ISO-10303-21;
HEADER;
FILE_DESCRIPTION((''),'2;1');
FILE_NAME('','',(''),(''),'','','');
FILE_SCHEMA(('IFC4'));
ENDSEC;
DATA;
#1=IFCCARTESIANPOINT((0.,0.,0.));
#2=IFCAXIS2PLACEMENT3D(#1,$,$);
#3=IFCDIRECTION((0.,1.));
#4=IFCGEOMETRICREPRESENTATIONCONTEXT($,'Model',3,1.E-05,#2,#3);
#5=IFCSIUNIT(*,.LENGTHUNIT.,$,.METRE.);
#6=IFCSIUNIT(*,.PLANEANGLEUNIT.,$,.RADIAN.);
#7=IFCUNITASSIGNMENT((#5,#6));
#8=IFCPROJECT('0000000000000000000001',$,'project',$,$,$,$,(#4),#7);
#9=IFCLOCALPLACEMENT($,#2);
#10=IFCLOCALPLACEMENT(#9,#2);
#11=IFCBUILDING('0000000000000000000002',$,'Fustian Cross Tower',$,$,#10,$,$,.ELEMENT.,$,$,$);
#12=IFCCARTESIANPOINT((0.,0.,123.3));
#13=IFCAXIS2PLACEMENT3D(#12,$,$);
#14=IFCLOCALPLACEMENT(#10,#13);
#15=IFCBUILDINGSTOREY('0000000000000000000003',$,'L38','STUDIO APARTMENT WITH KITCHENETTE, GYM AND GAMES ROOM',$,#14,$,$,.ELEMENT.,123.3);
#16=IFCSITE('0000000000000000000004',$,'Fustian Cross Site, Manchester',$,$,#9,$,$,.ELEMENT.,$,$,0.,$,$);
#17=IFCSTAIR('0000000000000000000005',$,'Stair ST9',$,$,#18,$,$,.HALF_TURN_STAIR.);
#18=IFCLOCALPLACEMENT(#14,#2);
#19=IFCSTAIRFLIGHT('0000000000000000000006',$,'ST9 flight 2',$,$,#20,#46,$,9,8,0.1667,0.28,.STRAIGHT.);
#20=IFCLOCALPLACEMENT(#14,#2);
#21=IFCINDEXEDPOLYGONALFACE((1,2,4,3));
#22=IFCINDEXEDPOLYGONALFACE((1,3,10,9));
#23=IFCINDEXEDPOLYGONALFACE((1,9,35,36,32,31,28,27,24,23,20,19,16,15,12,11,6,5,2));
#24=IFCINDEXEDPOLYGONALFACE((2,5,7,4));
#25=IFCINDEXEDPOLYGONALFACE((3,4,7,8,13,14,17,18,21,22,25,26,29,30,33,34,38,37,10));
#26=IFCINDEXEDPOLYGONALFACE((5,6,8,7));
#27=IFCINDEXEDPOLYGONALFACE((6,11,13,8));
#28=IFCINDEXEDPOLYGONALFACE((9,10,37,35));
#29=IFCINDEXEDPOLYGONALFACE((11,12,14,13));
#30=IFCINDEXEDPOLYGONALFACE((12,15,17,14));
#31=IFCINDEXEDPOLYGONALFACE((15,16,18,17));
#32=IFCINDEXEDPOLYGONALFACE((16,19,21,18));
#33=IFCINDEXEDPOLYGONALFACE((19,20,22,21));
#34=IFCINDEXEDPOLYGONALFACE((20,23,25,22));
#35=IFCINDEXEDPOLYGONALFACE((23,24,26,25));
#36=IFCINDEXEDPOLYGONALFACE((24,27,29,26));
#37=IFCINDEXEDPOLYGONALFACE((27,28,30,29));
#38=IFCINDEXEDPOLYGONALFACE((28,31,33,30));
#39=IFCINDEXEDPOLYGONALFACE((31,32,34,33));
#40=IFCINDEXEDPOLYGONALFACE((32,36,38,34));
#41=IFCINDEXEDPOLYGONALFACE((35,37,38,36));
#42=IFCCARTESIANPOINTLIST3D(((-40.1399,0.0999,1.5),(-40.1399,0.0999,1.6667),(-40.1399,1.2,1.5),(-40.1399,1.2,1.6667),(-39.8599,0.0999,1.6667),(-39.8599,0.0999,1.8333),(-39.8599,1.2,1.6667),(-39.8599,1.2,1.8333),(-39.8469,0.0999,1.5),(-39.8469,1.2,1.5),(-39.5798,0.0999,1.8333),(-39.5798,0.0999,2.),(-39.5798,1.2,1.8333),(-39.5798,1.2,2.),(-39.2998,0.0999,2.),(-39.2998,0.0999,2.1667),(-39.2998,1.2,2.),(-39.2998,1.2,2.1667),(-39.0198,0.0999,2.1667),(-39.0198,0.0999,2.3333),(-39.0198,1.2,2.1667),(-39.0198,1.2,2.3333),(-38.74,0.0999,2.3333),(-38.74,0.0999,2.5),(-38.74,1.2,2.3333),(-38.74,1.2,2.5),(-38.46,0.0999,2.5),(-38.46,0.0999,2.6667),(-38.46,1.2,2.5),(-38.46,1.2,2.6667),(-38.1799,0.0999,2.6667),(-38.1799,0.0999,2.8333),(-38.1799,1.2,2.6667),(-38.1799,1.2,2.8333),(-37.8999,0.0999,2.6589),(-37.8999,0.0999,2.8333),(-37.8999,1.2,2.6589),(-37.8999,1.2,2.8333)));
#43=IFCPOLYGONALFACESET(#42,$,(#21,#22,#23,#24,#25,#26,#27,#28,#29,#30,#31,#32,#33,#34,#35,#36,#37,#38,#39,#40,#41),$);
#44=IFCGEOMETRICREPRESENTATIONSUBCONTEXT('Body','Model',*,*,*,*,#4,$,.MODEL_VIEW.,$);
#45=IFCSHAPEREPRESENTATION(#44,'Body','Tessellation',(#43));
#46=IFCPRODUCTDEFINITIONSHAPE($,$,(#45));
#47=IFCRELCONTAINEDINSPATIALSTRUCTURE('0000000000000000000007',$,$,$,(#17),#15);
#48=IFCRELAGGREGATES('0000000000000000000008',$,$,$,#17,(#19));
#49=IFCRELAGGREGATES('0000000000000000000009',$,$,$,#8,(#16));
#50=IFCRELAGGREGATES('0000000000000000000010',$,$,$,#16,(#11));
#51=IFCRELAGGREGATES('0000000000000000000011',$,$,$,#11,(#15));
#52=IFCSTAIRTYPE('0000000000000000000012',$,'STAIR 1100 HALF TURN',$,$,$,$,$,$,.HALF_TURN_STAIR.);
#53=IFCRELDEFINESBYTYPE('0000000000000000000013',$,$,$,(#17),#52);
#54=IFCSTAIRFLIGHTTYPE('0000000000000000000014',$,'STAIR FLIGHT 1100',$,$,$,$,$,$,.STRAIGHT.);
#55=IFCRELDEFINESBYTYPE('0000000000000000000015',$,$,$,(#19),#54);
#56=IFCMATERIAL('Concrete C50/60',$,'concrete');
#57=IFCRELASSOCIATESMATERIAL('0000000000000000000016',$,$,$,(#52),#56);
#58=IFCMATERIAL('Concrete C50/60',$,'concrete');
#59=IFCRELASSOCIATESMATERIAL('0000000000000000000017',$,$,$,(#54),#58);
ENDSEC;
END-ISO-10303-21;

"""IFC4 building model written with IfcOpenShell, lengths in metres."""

from ifc_helpers import new_model, si_unit, direction, frame, origin, place, context, subcontext, project, spatial, polyline, outline, extrude, material, type_object, element, aggregate, save


model = new_model("IFC4")

# Units and contexts
model_context = context("Model", 3, precision=1e-05, world=origin(), true_north=direction((0.0, 1.0)))
body_context = subcontext(model_context, "Body", "Model", "MODEL_VIEW")
ifc_project = project(units=[si_unit("LENGTHUNIT", "METRE"), si_unit("PLANEANGLEUNIT", "RADIAN")], contexts=[model_context])

# Site, building, storey
site_placement = place(None, origin())
site = spatial("IfcSite", under=ifc_project, at=site_placement, Name="Fustian Cross Site, Manchester", CompositionType="ELEMENT", RefElevation=0.0)
building_placement = place(site_placement, origin())
building = spatial("IfcBuilding", under=site, at=building_placement, Name="Fustian Cross Tower", CompositionType="ELEMENT")
storey_placement = place(building_placement, frame((0.0, 0.0, 123.3)))
storey = spatial("IfcBuildingStorey", under=building, at=storey_placement, Name="L38", Description="STUDIO APARTMENT WITH KITCHENETTE, GYM AND GAMES ROOM", CompositionType="ELEMENT", Elevation=123.3)

# Stair, stair flight
ifc_material_1 = material(Name="Concrete C50/60", Category="concrete")
stair_type = type_object("IfcStairType", Name="STAIR 1100 HALF TURN", PredefinedType="HALF_TURN_STAIR", material=ifc_material_1)
stair_placement = place(storey_placement, origin())
stair = element("IfcStair", 1, at=stair_placement, inside=storey, type_object=stair_type, Name="Stair ST9", PredefinedType="HALF_TURN_STAIR")
ifc_material_2 = material(Name="Concrete C50/60", Category="concrete")
stair_flight_type = type_object("IfcStairFlightType", Name="STAIR FLIGHT 1100", PredefinedType="STRAIGHT", material=ifc_material_2)
stair_flight_placement = place(storey_placement, frame((-40.1399, 0.6499, 1.5), z_axis=(0.0, 0.0, 1.0), x_axis=(1.0, 0.0, 0.0)))
stair_flight = element("IfcStairFlight", 2, at=stair_flight_placement, type_object=stair_flight_type, Name="ST9 flight 2", NumberOfRisers=9, NumberOfTreads=8, PredefinedType="STRAIGHT", RiserHeight=0.1667, TreadLength=0.28, context=body_context, shape_type="SweptSolid", body=[
    extrude(outline(polyline([(0.0, 0.0), (0.0, 0.1667), (0.28, 0.1667), (0.28, 0.3333), (0.5601, 0.3333), (0.5601, 0.5), (0.8401, 0.5), (0.8401, 0.6667), (1.1201, 0.6667), (1.1201, 0.8333), (1.3999, 0.8333), (1.3999, 1.0), (1.6799, 1.0), (1.6799, 1.1667), (1.96, 1.1667), (1.96, 1.3333), (2.24, 1.3333), (2.24, 1.5), (2.24, 1.1589), (0.293, 0.0), (0.0, 0.0)])), frame((0.0, 0.55, 0.0), z_axis=(0.0, -1.0, 0.0), x_axis=(1.0, 0.0, 0.0)), (0.0, 0.0, 1.0), 1.1001),
])
aggregate(stair, [stair_flight])

save(model, "model.ifc")
